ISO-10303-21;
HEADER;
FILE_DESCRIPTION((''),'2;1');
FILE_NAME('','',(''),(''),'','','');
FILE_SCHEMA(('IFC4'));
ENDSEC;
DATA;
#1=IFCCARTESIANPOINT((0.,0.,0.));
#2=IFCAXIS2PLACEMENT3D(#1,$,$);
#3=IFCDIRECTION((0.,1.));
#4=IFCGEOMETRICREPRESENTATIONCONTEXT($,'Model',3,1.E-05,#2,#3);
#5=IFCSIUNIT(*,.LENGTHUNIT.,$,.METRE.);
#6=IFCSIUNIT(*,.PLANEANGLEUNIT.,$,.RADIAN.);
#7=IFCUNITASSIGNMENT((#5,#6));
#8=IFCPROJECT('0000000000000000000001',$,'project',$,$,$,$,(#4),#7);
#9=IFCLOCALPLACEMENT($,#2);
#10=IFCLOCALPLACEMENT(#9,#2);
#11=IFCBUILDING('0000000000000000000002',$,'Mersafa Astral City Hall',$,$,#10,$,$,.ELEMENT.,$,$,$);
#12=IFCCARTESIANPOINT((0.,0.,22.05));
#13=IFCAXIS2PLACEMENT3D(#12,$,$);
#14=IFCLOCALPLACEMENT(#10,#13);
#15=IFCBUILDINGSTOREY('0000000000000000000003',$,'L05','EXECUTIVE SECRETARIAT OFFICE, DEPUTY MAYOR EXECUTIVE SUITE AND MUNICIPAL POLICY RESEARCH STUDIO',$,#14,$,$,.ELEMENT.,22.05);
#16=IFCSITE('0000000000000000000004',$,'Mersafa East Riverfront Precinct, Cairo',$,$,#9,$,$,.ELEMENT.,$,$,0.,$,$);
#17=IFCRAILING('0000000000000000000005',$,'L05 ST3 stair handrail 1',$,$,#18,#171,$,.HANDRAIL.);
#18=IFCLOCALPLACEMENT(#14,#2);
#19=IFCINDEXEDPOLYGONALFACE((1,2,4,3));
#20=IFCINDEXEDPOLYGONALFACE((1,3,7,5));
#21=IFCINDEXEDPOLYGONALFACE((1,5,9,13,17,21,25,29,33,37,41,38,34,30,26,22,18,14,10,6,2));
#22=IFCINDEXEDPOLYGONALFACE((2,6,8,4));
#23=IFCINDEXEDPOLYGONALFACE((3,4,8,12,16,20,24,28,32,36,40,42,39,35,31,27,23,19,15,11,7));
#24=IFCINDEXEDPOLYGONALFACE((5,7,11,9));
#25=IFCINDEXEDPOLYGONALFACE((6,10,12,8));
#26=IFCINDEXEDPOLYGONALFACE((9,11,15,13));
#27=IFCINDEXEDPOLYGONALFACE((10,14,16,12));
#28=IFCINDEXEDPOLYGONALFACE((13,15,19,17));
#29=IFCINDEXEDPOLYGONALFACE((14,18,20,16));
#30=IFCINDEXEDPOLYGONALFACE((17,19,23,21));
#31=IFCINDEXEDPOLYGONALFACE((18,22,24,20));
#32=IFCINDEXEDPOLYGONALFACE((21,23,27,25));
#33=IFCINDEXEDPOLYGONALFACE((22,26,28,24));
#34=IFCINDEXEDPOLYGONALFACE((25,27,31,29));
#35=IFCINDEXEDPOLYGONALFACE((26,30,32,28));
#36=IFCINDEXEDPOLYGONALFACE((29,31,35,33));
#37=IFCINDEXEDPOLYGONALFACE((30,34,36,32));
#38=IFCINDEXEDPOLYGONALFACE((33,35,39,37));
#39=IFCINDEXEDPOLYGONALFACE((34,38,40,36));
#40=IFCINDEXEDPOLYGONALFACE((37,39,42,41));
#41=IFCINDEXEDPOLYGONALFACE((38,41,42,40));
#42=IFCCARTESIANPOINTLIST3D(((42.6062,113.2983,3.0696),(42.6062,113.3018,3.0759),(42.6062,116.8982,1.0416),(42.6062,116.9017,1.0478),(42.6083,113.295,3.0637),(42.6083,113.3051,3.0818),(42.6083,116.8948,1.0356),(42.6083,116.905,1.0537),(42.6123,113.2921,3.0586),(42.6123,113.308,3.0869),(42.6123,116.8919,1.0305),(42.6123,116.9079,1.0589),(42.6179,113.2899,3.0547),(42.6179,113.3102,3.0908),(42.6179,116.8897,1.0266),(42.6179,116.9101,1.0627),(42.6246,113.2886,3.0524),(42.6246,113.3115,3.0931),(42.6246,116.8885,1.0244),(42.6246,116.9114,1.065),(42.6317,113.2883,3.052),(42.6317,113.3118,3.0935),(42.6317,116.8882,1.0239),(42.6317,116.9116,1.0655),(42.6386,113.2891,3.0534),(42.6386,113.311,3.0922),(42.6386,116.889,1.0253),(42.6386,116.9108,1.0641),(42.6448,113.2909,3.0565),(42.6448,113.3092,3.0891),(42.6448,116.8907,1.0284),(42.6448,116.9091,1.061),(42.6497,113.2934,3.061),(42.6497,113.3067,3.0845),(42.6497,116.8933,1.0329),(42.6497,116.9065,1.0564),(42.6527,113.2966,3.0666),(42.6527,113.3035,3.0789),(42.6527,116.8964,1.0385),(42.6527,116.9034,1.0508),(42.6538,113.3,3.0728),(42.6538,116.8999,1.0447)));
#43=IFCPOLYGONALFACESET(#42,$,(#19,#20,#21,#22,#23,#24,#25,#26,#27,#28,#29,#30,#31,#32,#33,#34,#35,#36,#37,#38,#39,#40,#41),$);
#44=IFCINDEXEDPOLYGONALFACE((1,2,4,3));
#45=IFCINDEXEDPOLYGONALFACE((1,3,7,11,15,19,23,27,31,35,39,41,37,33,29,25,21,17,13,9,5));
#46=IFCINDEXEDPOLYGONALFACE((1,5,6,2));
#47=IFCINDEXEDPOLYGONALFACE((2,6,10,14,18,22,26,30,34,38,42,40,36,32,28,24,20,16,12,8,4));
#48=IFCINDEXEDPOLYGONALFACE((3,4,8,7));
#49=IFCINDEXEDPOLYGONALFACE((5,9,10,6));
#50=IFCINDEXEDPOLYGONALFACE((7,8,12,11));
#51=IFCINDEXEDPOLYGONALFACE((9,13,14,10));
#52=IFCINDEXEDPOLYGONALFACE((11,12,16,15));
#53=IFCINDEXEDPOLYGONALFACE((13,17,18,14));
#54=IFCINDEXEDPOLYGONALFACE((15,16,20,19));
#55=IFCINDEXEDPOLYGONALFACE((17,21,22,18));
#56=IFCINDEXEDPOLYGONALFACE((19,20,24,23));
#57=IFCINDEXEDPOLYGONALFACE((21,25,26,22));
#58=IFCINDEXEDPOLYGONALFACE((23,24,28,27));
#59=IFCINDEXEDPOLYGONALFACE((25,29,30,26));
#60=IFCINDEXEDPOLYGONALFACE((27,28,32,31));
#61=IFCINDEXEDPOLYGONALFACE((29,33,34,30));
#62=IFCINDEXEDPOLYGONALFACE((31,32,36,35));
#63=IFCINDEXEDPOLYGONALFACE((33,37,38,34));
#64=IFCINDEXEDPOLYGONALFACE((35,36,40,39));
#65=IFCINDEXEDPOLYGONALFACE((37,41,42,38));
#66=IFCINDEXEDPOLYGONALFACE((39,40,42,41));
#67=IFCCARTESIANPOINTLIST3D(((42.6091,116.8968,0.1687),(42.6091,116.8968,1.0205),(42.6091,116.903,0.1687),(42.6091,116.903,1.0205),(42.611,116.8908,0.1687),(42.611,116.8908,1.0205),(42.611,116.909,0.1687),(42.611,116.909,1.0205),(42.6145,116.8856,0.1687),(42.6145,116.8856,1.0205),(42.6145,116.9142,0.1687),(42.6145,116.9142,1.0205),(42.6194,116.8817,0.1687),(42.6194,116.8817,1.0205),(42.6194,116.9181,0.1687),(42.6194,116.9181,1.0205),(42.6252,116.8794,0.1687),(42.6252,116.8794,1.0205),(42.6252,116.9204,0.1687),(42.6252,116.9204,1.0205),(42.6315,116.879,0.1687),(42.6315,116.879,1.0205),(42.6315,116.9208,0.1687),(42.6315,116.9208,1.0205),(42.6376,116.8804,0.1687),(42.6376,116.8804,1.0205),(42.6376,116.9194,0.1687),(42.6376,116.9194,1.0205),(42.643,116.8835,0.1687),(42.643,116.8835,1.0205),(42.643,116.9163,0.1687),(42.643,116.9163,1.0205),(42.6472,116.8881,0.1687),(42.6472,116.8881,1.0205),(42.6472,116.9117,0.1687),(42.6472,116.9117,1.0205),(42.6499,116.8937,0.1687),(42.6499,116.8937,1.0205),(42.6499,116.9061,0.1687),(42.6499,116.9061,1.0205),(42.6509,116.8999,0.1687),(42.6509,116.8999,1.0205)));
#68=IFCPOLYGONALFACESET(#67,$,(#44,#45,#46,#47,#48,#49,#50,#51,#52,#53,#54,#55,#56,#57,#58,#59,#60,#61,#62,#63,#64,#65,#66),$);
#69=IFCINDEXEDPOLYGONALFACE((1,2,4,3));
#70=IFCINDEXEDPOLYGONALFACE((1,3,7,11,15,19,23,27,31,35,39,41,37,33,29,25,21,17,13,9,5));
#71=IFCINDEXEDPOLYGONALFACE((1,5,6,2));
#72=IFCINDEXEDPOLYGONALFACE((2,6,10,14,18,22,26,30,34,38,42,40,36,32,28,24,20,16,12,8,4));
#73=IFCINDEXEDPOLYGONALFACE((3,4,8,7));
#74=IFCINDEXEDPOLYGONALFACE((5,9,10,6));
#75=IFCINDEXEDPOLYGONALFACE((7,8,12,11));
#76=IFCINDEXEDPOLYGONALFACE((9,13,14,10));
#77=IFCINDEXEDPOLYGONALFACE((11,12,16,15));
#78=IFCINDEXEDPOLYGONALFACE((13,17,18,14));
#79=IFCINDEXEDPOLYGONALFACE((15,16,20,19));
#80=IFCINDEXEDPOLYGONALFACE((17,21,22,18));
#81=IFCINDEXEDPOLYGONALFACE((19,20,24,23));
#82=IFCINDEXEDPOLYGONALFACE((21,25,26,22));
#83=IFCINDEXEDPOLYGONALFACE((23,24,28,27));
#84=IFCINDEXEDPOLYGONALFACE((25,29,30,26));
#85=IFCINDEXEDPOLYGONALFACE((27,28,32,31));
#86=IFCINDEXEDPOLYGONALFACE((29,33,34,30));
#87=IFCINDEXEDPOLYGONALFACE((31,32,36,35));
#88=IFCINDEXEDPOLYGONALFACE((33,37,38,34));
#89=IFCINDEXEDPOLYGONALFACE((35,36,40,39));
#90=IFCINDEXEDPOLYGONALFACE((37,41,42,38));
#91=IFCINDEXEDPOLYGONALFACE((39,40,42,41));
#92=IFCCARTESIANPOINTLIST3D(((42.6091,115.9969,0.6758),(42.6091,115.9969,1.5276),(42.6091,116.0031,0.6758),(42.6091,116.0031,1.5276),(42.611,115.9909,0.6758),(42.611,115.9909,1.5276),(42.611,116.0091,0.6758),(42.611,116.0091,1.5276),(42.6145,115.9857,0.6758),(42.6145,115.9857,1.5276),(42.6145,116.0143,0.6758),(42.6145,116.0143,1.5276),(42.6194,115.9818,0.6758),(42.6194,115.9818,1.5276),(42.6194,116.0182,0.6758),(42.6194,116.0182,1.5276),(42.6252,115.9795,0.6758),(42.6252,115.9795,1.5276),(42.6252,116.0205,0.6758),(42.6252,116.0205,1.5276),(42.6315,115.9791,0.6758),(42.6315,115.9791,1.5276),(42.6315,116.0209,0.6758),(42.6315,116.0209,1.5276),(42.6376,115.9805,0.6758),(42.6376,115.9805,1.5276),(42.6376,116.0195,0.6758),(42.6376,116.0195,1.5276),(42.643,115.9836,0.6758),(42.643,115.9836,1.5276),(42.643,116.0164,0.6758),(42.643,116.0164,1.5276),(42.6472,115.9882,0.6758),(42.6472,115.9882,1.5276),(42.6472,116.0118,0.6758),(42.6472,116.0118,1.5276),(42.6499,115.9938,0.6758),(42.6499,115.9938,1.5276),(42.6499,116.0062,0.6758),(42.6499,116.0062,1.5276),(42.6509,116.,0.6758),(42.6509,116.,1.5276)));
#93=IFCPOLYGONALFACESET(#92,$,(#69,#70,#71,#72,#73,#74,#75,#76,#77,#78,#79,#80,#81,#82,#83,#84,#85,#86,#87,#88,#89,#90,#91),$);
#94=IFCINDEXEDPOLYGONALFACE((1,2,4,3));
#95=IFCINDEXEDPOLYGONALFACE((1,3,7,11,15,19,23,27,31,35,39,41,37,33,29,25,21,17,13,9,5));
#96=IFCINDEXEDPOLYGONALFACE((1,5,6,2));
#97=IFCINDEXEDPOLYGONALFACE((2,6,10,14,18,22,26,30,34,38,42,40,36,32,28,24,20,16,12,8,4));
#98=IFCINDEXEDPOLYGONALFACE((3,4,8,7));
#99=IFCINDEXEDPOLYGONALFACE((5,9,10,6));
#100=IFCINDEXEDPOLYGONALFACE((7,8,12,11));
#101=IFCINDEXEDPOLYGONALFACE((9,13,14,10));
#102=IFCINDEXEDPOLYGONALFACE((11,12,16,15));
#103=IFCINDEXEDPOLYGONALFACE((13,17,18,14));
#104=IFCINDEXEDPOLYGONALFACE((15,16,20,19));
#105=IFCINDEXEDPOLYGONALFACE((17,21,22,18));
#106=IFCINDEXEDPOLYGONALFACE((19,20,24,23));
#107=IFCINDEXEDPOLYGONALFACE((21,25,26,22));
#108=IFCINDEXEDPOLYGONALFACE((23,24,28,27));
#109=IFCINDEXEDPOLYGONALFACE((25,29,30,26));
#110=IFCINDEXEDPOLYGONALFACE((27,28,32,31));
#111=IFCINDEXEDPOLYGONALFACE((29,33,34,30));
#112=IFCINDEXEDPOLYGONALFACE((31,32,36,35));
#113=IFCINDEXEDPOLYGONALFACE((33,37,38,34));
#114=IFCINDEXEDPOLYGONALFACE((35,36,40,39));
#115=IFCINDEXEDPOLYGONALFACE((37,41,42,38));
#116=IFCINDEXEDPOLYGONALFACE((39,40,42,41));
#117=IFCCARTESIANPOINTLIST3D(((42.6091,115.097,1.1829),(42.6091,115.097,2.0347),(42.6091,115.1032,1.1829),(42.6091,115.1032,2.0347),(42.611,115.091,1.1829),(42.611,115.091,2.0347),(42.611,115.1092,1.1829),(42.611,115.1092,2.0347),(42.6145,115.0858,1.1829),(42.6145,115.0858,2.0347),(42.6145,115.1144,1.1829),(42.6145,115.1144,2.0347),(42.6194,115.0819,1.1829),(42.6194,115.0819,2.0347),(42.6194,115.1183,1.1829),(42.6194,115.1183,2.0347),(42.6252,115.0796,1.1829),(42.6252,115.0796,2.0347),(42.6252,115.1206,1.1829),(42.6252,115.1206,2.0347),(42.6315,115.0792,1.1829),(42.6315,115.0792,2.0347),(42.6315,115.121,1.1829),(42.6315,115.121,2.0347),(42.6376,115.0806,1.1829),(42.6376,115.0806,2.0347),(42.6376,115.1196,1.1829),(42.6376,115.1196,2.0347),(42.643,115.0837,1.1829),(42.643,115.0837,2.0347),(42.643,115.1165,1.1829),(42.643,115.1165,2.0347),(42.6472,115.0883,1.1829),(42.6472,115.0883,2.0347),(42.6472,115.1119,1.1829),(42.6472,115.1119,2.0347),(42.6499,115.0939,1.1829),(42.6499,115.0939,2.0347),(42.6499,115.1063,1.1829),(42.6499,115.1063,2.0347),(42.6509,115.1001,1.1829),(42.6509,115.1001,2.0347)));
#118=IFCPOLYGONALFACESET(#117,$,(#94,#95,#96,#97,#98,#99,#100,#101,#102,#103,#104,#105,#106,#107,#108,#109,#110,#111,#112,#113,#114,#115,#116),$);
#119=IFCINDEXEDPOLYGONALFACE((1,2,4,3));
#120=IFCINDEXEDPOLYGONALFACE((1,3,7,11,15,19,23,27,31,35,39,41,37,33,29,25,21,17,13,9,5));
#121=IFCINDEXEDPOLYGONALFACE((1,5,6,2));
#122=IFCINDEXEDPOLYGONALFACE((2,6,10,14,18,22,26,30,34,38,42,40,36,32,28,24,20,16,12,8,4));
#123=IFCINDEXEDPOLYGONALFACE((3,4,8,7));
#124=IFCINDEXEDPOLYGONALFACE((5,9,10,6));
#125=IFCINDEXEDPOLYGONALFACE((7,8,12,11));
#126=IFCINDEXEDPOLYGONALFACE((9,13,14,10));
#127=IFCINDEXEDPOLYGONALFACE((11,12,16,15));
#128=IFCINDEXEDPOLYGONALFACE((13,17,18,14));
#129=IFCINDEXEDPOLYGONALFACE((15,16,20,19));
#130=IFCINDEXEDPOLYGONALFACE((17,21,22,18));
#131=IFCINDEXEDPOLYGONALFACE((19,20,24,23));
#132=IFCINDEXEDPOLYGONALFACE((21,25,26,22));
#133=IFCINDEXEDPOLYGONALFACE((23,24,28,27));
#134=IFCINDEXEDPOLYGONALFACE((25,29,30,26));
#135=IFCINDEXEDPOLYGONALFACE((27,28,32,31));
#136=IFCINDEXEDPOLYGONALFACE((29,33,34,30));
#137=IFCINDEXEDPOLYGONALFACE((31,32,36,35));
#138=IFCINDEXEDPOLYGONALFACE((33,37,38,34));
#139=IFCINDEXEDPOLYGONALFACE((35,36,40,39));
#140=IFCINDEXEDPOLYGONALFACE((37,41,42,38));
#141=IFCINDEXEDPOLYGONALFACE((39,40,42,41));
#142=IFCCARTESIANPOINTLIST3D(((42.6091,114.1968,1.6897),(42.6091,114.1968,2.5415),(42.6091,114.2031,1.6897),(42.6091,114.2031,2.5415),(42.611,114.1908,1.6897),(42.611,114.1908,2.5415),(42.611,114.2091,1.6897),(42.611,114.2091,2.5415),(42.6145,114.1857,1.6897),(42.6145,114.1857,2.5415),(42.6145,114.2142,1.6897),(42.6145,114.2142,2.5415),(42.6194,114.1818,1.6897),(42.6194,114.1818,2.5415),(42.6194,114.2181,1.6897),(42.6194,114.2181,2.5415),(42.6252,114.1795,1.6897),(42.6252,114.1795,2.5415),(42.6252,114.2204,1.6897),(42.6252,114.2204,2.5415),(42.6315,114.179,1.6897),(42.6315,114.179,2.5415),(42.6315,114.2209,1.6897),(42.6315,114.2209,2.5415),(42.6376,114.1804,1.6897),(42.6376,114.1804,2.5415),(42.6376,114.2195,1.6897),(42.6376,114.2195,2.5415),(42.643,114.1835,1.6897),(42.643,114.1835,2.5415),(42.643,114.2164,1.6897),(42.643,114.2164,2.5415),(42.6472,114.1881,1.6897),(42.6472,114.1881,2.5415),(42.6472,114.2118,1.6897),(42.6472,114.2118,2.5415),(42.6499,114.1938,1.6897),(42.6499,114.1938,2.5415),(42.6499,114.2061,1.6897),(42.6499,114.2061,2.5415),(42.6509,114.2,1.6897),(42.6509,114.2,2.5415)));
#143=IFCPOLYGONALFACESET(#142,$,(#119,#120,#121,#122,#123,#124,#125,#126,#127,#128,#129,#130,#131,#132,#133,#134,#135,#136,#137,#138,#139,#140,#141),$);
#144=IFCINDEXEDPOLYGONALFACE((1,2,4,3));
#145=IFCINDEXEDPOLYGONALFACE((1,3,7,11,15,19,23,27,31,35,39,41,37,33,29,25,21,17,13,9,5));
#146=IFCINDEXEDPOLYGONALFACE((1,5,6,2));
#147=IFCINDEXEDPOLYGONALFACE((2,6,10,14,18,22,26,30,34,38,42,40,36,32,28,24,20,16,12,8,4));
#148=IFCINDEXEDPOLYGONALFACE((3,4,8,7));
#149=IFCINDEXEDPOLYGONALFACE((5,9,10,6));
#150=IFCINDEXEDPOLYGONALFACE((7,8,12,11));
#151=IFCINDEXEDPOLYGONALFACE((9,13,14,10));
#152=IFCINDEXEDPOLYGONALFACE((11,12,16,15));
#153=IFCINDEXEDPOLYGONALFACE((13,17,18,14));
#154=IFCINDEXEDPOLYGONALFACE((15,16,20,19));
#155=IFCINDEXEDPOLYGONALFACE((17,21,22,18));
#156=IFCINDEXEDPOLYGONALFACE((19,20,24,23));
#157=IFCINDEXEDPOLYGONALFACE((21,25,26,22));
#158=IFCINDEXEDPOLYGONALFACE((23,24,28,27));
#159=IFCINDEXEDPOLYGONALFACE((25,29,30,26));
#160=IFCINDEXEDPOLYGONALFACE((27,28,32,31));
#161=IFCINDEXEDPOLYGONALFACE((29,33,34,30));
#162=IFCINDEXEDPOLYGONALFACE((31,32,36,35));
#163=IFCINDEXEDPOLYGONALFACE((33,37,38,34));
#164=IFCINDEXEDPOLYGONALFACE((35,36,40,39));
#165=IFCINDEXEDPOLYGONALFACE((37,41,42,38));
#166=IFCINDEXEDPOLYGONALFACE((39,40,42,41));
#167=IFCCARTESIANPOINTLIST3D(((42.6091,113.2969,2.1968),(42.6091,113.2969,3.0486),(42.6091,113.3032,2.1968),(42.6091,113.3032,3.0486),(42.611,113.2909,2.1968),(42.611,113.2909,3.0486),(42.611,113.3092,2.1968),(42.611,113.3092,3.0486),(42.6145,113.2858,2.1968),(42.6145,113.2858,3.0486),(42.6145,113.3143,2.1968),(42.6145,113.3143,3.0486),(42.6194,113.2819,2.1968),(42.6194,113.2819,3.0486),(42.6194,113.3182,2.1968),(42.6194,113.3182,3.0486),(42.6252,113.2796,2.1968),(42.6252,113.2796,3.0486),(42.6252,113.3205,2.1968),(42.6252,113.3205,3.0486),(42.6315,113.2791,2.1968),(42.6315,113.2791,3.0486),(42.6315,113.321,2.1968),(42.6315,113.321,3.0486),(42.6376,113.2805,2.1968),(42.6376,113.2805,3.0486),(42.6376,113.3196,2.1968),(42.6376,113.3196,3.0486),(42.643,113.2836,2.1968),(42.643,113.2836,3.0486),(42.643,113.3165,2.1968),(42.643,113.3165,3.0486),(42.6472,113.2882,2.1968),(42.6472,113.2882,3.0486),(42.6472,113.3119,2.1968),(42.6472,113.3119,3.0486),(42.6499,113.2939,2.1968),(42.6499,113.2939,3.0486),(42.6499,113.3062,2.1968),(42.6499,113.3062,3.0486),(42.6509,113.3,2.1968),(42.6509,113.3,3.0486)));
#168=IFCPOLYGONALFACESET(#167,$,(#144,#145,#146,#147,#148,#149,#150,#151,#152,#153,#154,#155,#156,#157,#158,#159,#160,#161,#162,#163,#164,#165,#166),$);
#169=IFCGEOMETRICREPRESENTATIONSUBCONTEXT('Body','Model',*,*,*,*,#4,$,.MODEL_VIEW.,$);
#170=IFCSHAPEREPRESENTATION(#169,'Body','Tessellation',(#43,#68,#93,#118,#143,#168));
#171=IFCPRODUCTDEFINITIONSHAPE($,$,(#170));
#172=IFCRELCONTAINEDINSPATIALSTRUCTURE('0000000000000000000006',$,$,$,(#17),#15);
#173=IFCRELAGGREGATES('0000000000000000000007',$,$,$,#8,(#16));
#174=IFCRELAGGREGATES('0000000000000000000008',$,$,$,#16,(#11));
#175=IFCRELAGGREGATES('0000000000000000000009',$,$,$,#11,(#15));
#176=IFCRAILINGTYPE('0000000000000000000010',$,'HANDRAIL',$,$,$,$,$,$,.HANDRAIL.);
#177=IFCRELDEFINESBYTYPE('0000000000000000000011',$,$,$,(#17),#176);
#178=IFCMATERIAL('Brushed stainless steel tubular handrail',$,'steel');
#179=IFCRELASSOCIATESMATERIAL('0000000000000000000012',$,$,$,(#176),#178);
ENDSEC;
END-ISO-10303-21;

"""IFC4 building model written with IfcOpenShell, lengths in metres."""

from ifc_helpers import new_model, si_unit, direction, frame, origin, origin_2d, place, context, subcontext, project, spatial, circle, extrude, material, type_object, element, save


model = new_model("IFC4")

# Units and contexts
model_context = context("Model", 3, precision=1e-05, world=origin(), true_north=direction((0.0, 1.0)))
body_context = subcontext(model_context, "Body", "Model", "MODEL_VIEW")
ifc_project = project(units=[si_unit("LENGTHUNIT", "METRE"), si_unit("PLANEANGLEUNIT", "RADIAN")], contexts=[model_context])

# Site, building, storey
site_placement = place(None, origin())
site = spatial("IfcSite", under=ifc_project, at=site_placement, Name="Mersafa East Riverfront Precinct, Cairo", CompositionType="ELEMENT", RefElevation=0.0)
building_placement = place(site_placement, origin())
building = spatial("IfcBuilding", under=site, at=building_placement, Name="Mersafa Astral City Hall", CompositionType="ELEMENT")
storey_placement = place(building_placement, frame((0.0, 0.0, 22.05)))
storey = spatial("IfcBuildingStorey", under=building, at=storey_placement, Name="L05", Description="EXECUTIVE SECRETARIAT OFFICE, DEPUTY MAYOR EXECUTIVE SUITE AND MUNICIPAL POLICY RESEARCH STUDIO", CompositionType="ELEMENT", Elevation=22.05)

# Railing
ifc_material_1 = material(Name="Brushed stainless steel tubular handrail", Category="steel")
railing_type_1 = type_object("IfcRailingType", Name="HANDRAIL", PredefinedType="HANDRAIL", material=ifc_material_1)
railing_1_placement = place(storey_placement, frame((42.6299, 116.8999, 0.1687)))
element("IfcRailing", 1, at=railing_1_placement, inside=storey, type_object=railing_type_1, Name="L05 ST3 stair handrail 1", PredefinedType="HANDRAIL", context=body_context, shape_type="SweptSolid", body=[
    extrude(circle(Radius=0.0239, at=origin_2d()), frame((0.0, 0.0, 0.876), z_axis=(0.0, -0.871249, 0.490842), x_axis=(1.0, 0.0, 0.0)), (0.0, 0.0, 1.0), 4.1318),
    extrude(circle(Radius=0.021, at=origin_2d()), origin(), (0.0, 0.0, 1.0), 0.8518),
    extrude(circle(Radius=0.021, at=origin_2d()), frame((0.0, -0.8999, 0.5071)), (0.0, 0.0, 1.0), 0.8518),
    extrude(circle(Radius=0.021, at=origin_2d()), frame((0.0, -1.7998, 1.0142)), (0.0, 0.0, 1.0), 0.8518),
    extrude(circle(Radius=0.021, at=origin_2d()), frame((0.0, -2.7, 1.521)), (0.0, 0.0, 1.0), 0.8518),
    extrude(circle(Radius=0.021, at=origin_2d()), frame((0.0, -3.5999, 2.0281)), (0.0, 0.0, 1.0), 0.8518),
])

save(model, "model.ifc")
